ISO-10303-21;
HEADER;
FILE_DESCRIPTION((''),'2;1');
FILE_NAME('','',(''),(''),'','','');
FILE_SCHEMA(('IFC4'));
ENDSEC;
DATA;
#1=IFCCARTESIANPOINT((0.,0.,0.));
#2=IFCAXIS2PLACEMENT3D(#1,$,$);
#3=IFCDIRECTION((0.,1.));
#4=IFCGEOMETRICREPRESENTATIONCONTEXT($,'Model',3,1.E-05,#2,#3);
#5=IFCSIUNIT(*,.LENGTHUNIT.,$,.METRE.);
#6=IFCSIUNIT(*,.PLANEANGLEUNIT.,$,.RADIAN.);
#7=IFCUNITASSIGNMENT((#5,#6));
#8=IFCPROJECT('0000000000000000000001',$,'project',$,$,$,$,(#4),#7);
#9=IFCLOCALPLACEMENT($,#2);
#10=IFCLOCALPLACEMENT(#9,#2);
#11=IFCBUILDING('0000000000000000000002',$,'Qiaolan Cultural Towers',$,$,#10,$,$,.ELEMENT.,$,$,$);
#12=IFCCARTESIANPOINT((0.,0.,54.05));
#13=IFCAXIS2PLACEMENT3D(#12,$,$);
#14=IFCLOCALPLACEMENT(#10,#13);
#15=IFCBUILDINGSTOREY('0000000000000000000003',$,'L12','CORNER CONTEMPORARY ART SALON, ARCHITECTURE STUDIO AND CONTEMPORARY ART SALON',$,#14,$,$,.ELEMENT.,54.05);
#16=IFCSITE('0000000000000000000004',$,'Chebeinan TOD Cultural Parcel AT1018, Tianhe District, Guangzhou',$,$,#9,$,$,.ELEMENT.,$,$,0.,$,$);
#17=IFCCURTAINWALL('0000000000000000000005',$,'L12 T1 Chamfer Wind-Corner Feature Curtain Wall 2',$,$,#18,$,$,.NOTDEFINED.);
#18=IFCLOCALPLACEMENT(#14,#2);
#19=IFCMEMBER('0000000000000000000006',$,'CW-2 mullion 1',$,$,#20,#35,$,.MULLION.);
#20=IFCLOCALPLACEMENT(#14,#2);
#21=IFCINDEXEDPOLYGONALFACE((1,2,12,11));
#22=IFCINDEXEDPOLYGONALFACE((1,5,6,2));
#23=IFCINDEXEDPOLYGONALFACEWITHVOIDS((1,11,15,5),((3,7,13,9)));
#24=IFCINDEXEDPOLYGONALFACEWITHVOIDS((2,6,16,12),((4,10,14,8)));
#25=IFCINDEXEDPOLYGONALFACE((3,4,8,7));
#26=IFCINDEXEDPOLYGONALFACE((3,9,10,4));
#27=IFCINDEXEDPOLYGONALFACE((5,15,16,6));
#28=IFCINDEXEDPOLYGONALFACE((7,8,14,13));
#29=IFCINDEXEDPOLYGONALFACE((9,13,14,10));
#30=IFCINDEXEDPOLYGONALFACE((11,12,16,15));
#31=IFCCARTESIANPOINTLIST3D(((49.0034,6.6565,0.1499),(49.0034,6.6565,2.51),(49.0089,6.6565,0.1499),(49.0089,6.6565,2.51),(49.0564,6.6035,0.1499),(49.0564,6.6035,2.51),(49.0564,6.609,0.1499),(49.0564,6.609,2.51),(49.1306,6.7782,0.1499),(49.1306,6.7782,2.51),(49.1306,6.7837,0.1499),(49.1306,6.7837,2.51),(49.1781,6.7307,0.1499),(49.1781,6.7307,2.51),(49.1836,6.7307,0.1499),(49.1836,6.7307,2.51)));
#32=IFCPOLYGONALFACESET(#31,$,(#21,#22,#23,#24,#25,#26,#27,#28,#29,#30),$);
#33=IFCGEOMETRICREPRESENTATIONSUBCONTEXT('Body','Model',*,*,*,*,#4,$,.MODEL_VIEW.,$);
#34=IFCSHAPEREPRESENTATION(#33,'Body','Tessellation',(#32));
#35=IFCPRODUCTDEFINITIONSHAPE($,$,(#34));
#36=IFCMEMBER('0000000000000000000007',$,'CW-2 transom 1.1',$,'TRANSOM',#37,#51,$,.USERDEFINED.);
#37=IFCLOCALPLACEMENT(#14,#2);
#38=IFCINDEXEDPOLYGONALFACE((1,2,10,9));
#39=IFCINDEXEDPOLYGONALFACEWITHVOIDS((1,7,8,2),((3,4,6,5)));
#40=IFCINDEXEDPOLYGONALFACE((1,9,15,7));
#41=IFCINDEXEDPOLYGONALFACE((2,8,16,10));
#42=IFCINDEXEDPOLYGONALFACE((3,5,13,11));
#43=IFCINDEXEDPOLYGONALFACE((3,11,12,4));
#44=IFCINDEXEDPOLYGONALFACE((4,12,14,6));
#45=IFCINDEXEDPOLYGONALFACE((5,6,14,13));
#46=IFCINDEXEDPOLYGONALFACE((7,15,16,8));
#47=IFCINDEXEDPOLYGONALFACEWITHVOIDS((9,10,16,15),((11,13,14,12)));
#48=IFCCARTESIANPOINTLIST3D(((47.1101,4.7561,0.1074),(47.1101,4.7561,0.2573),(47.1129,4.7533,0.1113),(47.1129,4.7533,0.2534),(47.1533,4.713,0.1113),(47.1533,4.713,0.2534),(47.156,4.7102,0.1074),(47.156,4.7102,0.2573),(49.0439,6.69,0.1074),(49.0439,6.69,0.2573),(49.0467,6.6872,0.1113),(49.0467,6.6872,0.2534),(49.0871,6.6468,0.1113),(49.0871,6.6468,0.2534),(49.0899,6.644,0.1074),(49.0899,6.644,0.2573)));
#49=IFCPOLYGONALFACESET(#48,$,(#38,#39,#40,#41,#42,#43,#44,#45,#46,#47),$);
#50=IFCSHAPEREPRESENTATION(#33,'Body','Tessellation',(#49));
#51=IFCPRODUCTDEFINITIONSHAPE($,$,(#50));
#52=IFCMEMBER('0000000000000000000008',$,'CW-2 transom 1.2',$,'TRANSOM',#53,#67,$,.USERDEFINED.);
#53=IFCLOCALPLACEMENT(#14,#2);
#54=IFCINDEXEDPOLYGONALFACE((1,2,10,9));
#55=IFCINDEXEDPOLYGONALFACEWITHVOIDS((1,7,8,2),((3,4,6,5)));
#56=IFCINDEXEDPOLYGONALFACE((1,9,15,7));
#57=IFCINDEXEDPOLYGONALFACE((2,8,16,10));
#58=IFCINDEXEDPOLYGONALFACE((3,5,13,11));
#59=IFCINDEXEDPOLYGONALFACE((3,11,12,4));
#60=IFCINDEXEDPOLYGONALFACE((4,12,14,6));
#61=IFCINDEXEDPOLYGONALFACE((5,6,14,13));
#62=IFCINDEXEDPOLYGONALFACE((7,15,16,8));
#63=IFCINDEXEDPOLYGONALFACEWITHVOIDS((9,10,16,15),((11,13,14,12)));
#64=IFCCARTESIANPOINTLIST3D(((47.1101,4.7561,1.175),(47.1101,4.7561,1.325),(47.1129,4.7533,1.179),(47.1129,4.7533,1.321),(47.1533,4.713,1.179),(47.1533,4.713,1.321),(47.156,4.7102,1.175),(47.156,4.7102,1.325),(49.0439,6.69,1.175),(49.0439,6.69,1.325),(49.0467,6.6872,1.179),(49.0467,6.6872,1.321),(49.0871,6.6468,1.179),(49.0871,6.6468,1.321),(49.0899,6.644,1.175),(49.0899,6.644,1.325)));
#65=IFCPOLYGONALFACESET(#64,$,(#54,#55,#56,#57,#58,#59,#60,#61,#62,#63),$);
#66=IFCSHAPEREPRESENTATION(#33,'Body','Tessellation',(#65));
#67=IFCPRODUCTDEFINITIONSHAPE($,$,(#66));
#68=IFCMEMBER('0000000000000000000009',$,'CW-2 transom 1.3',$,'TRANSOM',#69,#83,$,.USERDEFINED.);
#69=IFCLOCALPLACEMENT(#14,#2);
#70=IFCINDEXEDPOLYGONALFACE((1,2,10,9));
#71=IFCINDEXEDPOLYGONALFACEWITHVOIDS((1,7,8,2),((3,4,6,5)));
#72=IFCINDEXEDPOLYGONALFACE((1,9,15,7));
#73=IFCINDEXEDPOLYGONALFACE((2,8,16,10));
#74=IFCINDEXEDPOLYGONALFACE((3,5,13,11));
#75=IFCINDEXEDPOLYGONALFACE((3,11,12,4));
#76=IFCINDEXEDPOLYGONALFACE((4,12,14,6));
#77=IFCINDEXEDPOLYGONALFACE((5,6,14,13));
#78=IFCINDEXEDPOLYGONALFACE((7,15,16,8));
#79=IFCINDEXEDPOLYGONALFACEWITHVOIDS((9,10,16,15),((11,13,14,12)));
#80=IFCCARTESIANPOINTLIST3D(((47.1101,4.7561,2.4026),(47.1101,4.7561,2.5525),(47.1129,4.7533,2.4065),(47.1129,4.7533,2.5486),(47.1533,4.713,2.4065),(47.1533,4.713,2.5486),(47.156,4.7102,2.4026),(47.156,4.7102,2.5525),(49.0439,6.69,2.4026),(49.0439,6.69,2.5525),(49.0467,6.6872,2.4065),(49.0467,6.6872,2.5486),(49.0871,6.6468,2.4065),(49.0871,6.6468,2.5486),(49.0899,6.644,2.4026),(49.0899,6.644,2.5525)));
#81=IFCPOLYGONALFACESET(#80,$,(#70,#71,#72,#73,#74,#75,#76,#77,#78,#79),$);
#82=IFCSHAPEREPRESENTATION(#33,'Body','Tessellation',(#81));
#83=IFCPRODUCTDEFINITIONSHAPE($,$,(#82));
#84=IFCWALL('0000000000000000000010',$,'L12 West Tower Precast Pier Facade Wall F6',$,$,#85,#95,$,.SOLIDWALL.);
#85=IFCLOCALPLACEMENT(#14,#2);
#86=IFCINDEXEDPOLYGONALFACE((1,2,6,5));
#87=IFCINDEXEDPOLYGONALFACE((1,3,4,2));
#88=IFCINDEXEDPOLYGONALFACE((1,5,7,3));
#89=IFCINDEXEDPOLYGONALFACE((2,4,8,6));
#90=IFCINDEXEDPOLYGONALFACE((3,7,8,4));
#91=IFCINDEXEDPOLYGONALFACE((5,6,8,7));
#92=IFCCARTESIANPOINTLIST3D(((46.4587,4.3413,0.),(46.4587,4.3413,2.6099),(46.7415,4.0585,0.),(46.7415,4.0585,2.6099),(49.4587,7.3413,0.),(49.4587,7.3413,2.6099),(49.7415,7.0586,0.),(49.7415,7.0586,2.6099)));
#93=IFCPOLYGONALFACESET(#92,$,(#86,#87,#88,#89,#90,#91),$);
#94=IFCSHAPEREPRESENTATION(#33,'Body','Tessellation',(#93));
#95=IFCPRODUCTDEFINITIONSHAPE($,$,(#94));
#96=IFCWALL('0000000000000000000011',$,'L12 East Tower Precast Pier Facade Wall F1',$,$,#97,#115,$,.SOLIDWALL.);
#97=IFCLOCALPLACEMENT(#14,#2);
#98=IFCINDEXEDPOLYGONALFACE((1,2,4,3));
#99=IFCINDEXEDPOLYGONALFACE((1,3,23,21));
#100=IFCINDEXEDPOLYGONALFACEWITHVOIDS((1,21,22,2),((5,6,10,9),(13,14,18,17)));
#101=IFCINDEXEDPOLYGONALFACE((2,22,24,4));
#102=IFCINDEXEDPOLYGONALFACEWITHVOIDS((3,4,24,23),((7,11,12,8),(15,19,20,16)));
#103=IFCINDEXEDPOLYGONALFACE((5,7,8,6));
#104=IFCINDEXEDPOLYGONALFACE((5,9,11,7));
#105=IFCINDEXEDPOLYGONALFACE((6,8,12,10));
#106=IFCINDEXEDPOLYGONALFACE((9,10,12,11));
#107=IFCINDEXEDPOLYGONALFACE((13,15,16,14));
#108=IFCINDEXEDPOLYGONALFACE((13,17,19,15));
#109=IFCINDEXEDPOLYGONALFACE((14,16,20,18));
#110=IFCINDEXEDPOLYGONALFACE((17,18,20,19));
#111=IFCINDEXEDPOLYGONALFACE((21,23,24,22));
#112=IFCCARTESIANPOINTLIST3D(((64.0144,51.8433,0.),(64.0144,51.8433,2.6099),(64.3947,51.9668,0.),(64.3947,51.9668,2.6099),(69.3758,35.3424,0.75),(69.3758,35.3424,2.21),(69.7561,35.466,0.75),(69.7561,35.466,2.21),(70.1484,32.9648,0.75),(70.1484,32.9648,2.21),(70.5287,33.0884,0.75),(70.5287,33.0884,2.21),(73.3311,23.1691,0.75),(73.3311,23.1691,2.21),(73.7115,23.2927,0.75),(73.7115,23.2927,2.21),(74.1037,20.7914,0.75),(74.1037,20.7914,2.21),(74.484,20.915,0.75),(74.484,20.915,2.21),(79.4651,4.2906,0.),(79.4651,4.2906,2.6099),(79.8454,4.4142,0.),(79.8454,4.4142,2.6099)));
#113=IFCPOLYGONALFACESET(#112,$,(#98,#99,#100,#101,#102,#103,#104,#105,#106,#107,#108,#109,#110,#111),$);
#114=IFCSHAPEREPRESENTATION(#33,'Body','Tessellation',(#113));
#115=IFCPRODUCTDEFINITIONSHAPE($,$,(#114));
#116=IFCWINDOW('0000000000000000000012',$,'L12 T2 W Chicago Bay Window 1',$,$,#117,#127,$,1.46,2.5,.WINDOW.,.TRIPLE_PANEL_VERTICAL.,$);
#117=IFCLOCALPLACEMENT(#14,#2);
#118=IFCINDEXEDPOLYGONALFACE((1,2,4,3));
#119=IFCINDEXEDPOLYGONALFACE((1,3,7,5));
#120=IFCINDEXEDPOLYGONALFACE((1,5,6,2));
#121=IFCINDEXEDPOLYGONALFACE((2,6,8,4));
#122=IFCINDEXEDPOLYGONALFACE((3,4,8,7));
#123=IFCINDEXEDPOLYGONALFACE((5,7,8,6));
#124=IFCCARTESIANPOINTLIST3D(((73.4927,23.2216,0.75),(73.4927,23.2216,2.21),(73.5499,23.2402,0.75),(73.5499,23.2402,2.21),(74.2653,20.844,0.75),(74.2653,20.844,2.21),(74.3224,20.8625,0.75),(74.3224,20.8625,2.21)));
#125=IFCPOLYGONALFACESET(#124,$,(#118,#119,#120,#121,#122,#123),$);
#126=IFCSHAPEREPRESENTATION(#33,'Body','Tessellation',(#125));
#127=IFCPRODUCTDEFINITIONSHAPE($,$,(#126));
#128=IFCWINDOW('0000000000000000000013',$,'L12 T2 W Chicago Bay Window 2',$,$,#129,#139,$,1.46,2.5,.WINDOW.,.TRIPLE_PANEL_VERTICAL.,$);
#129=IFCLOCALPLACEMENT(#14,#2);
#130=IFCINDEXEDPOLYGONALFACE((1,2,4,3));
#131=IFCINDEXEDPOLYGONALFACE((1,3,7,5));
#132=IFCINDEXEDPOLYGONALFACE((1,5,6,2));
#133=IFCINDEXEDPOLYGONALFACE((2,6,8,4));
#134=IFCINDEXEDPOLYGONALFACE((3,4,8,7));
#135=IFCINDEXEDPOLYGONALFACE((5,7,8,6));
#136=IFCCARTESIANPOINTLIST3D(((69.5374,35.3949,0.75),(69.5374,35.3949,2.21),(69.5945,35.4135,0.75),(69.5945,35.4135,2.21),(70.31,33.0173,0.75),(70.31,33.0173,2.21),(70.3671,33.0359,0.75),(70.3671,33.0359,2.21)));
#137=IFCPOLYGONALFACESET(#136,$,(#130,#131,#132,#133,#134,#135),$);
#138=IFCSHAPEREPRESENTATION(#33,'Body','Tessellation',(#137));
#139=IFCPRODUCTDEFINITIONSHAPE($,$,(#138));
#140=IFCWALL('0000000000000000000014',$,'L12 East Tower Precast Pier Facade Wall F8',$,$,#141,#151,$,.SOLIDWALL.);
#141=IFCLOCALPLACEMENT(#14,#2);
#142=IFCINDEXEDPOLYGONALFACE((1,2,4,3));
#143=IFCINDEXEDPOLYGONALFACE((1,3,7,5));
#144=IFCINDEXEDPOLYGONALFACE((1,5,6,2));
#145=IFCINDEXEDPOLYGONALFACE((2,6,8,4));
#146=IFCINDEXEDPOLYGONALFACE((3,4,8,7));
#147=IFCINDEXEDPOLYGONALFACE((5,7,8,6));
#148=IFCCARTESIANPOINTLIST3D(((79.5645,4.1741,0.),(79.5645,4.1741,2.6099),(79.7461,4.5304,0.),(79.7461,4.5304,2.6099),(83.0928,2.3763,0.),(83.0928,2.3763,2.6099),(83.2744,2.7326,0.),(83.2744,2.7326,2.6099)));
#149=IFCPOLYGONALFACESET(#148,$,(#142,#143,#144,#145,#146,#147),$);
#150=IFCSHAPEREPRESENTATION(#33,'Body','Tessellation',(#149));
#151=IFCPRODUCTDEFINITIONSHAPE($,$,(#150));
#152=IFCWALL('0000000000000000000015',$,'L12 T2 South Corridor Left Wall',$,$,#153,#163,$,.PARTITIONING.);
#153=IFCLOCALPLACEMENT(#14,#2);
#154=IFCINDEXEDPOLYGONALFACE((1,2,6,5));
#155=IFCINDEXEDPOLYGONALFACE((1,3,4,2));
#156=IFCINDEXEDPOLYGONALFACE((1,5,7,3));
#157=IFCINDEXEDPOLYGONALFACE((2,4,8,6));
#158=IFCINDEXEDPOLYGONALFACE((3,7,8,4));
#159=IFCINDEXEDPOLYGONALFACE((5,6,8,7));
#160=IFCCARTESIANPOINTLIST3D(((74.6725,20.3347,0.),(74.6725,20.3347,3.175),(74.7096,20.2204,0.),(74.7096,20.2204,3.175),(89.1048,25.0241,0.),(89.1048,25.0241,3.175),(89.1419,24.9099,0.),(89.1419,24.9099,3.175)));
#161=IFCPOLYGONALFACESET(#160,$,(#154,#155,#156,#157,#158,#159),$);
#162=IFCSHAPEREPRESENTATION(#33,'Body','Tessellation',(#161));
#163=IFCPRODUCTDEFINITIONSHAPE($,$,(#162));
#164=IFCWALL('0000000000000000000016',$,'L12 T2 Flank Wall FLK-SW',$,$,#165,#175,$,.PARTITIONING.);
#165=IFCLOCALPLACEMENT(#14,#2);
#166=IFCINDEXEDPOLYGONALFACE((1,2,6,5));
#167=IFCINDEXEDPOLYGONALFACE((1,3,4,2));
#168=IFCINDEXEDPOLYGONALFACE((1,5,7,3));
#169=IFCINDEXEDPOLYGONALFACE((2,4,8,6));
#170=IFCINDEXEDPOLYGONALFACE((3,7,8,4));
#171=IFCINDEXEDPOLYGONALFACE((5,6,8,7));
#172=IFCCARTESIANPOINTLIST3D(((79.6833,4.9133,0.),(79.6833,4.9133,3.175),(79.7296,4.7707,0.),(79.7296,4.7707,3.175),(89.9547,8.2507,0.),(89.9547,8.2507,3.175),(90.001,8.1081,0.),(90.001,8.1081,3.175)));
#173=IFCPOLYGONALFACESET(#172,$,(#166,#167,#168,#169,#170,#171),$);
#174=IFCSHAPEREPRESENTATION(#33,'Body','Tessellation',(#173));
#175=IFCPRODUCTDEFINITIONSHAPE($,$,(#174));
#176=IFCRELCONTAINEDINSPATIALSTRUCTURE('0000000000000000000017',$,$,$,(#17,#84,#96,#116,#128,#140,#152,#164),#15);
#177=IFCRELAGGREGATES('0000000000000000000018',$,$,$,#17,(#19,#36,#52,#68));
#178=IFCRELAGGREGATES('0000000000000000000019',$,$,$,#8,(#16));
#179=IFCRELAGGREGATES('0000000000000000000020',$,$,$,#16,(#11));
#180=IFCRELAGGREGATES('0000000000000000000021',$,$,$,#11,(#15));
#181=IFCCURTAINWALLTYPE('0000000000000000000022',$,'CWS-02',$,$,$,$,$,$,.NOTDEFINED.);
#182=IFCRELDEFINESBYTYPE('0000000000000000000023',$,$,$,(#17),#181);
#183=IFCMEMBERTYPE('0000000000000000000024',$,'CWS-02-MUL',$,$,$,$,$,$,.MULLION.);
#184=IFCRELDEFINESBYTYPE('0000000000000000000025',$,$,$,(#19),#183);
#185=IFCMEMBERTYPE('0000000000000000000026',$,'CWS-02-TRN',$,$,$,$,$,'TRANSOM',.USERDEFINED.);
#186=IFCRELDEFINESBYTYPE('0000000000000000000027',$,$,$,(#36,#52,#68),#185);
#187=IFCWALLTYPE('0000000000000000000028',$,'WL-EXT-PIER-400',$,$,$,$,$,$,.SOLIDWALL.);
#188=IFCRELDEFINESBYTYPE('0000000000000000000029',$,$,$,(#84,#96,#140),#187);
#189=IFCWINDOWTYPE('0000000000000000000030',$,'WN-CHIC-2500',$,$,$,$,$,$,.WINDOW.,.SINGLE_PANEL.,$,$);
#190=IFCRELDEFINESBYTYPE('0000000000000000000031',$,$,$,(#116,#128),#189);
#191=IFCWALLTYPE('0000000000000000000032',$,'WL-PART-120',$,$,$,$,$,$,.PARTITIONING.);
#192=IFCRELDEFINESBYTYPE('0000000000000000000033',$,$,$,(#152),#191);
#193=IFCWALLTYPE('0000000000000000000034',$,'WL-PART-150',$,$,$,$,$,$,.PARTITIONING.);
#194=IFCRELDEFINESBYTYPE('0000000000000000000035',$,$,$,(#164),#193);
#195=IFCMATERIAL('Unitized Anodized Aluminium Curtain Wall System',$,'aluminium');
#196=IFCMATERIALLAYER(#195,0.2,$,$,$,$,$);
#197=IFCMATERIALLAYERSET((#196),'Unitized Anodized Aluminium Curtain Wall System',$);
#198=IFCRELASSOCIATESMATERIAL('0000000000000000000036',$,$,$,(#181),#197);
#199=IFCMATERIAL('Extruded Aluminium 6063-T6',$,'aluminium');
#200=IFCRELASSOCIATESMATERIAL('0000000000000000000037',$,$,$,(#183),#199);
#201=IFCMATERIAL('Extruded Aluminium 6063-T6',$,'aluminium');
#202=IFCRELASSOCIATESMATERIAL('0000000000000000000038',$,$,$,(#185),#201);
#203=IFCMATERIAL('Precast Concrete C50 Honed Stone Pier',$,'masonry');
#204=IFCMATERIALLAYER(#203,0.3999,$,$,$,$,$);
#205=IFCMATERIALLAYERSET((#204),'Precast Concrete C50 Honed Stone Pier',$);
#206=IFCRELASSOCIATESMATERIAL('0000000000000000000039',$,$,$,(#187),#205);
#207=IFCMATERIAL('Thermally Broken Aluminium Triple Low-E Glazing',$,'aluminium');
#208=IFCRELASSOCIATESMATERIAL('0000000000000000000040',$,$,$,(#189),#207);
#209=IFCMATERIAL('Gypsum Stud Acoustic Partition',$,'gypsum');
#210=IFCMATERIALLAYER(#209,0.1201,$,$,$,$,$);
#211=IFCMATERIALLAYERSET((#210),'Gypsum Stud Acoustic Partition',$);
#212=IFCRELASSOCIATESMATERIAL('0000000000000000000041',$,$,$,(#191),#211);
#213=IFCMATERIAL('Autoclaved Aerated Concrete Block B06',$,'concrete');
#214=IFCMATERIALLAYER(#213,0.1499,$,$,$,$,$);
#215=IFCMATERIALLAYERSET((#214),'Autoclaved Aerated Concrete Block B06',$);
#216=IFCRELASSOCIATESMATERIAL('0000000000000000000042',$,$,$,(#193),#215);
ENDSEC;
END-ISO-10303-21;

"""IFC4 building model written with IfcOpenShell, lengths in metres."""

from ifc_helpers import new_model, si_unit, direction, frame, frame_2d, origin, origin_2d, place, context, subcontext, project, spatial, rectangle, hollow_rectangle, extrude, material, layer, layer_set, material_profile, profile_set, type_object, element, fill, aggregate, save


model = new_model("IFC4")

# Units and contexts
model_context = context("Model", 3, precision=1e-05, world=origin(), true_north=direction((0.0, 1.0)))
body_context = subcontext(model_context, "Body", "Model", "MODEL_VIEW")
ifc_project = project(units=[si_unit("LENGTHUNIT", "METRE"), si_unit("PLANEANGLEUNIT", "RADIAN")], contexts=[model_context])

# Site, building, storey
site_placement = place(None, origin())
site = spatial("IfcSite", under=ifc_project, at=site_placement, Name="Chebeinan TOD Cultural Parcel AT1018, Tianhe District, Guangzhou", CompositionType="ELEMENT", RefElevation=0.0)
building_placement = place(site_placement, origin())
building = spatial("IfcBuilding", under=site, at=building_placement, Name="Qiaolan Cultural Towers", CompositionType="ELEMENT")
storey_placement = place(building_placement, frame((0.0, 0.0, 54.05)))
storey = spatial("IfcBuildingStorey", under=building, at=storey_placement, Name="L12", Description="CORNER CONTEMPORARY ART SALON, ARCHITECTURE STUDIO AND CONTEMPORARY ART SALON", CompositionType="ELEMENT", Elevation=54.05)

# Curtain wall, members
ifc_material_1 = material(Name="Unitized Anodized Aluminium Curtain Wall System", Category="aluminium")
ifc_layer_1 = layer(ifc_material_1, 0.2)
ifc_layer_set_1 = layer_set([ifc_layer_1], Name="Unitized Anodized Aluminium Curtain Wall System")
curtain_wall_type = type_object("IfcCurtainWallType", Name="CWS-02", PredefinedType="NOTDEFINED", material=ifc_layer_set_1)
curtain_wall_placement = place(storey_placement, origin())
curtain_wall = element("IfcCurtainWall", 1, at=curtain_wall_placement, inside=storey, type_object=curtain_wall_type, Name="L12 T1 Chamfer Wind-Corner Feature Curtain Wall 2", PredefinedType="NOTDEFINED")
ifc_material_2 = material(Name="Extruded Aluminium 6063-T6", Category="aluminium")
ifc_material_profile_1 = material_profile(ifc_material_2, hollow_rectangle(XDim=0.075, YDim=0.1799, WallThickness=0.0039, at=origin_2d()), Name="CWM-180x75x4")
ifc_profile_set_1 = profile_set([ifc_material_profile_1], Name="Extruded Aluminium 6063-T6")
member_type_1 = type_object("IfcMemberType", Name="CWS-02-MUL", PredefinedType="MULLION", material=ifc_profile_set_1)
member_1_placement = place(storey_placement, frame((49.0935, 6.6936, 0.1499), z_axis=(0.0, 0.0, 1.0), x_axis=(0.707107, -0.707107, 0.0)))
member_1 = element("IfcMember", 2, at=member_1_placement, type_object=member_type_1, Name="CW-2 mullion 1", PredefinedType="MULLION", context=body_context, shape_type="SweptSolid", body=[
    extrude(hollow_rectangle(XDim=0.075, YDim=0.1799, WallThickness=0.0039, at=origin_2d()), origin(), (0.0, 0.0, 1.0), 2.3601),
])
ifc_material_3 = material(Name="Extruded Aluminium 6063-T6", Category="aluminium")
ifc_material_profile_2 = material_profile(ifc_material_3, hollow_rectangle(XDim=0.0649, YDim=0.1499, WallThickness=0.0039, at=origin_2d()), Name="CWT-150x65x4")
ifc_profile_set_2 = profile_set([ifc_material_profile_2], Name="Extruded Aluminium 6063-T6")
member_type_2 = type_object("IfcMemberType", Name="CWS-02-TRN", ElementType="TRANSOM", PredefinedType="USERDEFINED", material=ifc_profile_set_2)
member_2_placement = place(storey_placement, frame((49.0669, 6.667, 0.1824), z_axis=(-0.707107, -0.707107, 0.0), x_axis=(0.707107, -0.707107, 0.0)))
member_2 = element("IfcMember", 3, at=member_2_placement, type_object=member_type_2, Name="CW-2 transom 1.1", ObjectType="TRANSOM", PredefinedType="USERDEFINED", context=body_context, shape_type="SweptSolid", body=[
    extrude(hollow_rectangle(XDim=0.0649, YDim=0.1499, WallThickness=0.0039, at=origin_2d()), origin(), (0.0, 0.0, 1.0), 2.7349),
])
member_3_placement = place(storey_placement, frame((49.0669, 6.667, 1.25), z_axis=(-0.707107, -0.707107, 0.0), x_axis=(0.707107, -0.707107, 0.0)))
member_3 = element("IfcMember", 4, at=member_3_placement, type_object=member_type_2, Name="CW-2 transom 1.2", ObjectType="TRANSOM", PredefinedType="USERDEFINED", context=body_context, shape_type="SweptSolid", body=[
    extrude(hollow_rectangle(XDim=0.0649, YDim=0.1499, WallThickness=0.0039, at=origin_2d()), origin(), (0.0, 0.0, 1.0), 2.7349),
])
member_4_placement = place(storey_placement, frame((49.0669, 6.667, 2.4775), z_axis=(-0.707107, -0.707107, 0.0), x_axis=(0.707107, -0.707107, 0.0)))
member_4 = element("IfcMember", 5, at=member_4_placement, type_object=member_type_2, Name="CW-2 transom 1.3", ObjectType="TRANSOM", PredefinedType="USERDEFINED", context=body_context, shape_type="SweptSolid", body=[
    extrude(hollow_rectangle(XDim=0.0649, YDim=0.1499, WallThickness=0.0039, at=origin_2d()), origin(), (0.0, 0.0, 1.0), 2.7349),
])
aggregate(curtain_wall, [member_1, member_2, member_3, member_4])

# Wall
ifc_material_4 = material(Name="Precast Concrete C50 Honed Stone Pier", Category="masonry")
ifc_layer_2 = layer(ifc_material_4, 0.3999)
ifc_layer_set_2 = layer_set([ifc_layer_2], Name="Precast Concrete C50 Honed Stone Pier")
wall_type_1 = type_object("IfcWallType", Name="WL-EXT-PIER-400", PredefinedType="SOLIDWALL", material=ifc_layer_set_2)
wall_1_placement = place(storey_placement, frame((49.6001, 7.2, 0.0), z_axis=(0.0, 0.0, 1.0), x_axis=(-0.707107, -0.707107, 0.0)))
element("IfcWall", 6, at=wall_1_placement, inside=storey, type_object=wall_type_1, Name="L12 West Tower Precast Pier Facade Wall F6", PredefinedType="SOLIDWALL", context=body_context, shape_type="SweptSolid", body=[
    extrude(rectangle(XDim=4.2427, YDim=0.3999, at=frame_2d((2.1213, 0.0))), origin(), (0.0, 0.0, 1.0), 2.6099),
])

# Wall, openings, windows
wall_2_placement = place(storey_placement, frame((79.6553, 4.3523, 0.0), z_axis=(0.0, 0.0, 1.0), x_axis=(-0.309015, 0.951057, 0.0)))
wall_2 = element("IfcWall", 7, at=wall_2_placement, inside=storey, type_object=wall_type_1, Name="L12 East Tower Precast Pier Facade Wall F1", PredefinedType="SOLIDWALL", context=body_context, shape_type="SweptSolid", body=[
    extrude(rectangle(XDim=49.9998, YDim=0.3999, at=frame_2d((25.0, 0.0))), origin(), (0.0, 0.0, 1.0), 2.6099),
])
opening_1_placement = place(wall_2_placement, frame((17.3501, 0.0, 0.75)))
opening_1 = element("IfcOpeningElement", 8, at=opening_1_placement, cuts=wall_2, PredefinedType="OPENING", context=body_context, shape_type="SweptSolid", body=[
    extrude(rectangle(XDim=2.5, YDim=1.46, at=frame_2d((1.25, 0.73))), frame((0.0, 0.21, 0.0), z_axis=(0.0, -1.0, 0.0), x_axis=(1.0, 0.0, 0.0)), (0.0, 0.0, 1.0), 0.4199),
])
opening_2_placement = place(wall_2_placement, frame((30.1499, 0.0, 0.75)))
opening_2 = element("IfcOpeningElement", 9, at=opening_2_placement, cuts=wall_2, PredefinedType="OPENING", context=body_context, shape_type="SweptSolid", body=[
    extrude(rectangle(XDim=2.5, YDim=1.46, at=frame_2d((1.25, 0.73))), frame((0.0, 0.21, 0.0), z_axis=(0.0, -1.0, 0.0), x_axis=(1.0, 0.0, 0.0)), (0.0, 0.0, 1.0), 0.4199),
])
ifc_material_5 = material(Name="Thermally Broken Aluminium Triple Low-E Glazing", Category="aluminium")
window_type = type_object("IfcWindowType", Name="WN-CHIC-2500", PartitioningType="SINGLE_PANEL", PredefinedType="WINDOW", material=ifc_material_5)
window_1_placement = place(opening_1_placement, origin())
window_1 = element("IfcWindow", 10, at=window_1_placement, inside=storey, type_object=window_type, Name="L12 T2 W Chicago Bay Window 1", OverallHeight=1.46, OverallWidth=2.5, PartitioningType="TRIPLE_PANEL_VERTICAL", PredefinedType="WINDOW", context=body_context, shape_type="SweptSolid", body=[
    extrude(rectangle(XDim=2.5, YDim=1.46, at=frame_2d((1.25, 0.73))), frame((0.0, 0.03, 0.0), z_axis=(0.0, -1.0, 0.0), x_axis=(1.0, 0.0, 0.0)), (0.0, 0.0, 1.0), 0.0601),
])
fill(opening_1, window_1)
window_2_placement = place(opening_2_placement, origin())
window_2 = element("IfcWindow", 11, at=window_2_placement, inside=storey, type_object=window_type, Name="L12 T2 W Chicago Bay Window 2", OverallHeight=1.46, OverallWidth=2.5, PartitioningType="TRIPLE_PANEL_VERTICAL", PredefinedType="WINDOW", context=body_context, shape_type="SweptSolid", body=[
    extrude(rectangle(XDim=2.5, YDim=1.46, at=frame_2d((1.25, 0.73))), frame((0.0, 0.03, 0.0), z_axis=(0.0, -1.0, 0.0), x_axis=(1.0, 0.0, 0.0)), (0.0, 0.0, 1.0), 0.0601),
])
fill(opening_2, window_2)

# Walls
wall_3_placement = place(storey_placement, frame((83.1836, 2.5544, 0.0), z_axis=(0.0, 0.0, 1.0), x_axis=(-0.890998, 0.454007, 0.0)))
element("IfcWall", 12, at=wall_3_placement, inside=storey, type_object=wall_type_1, Name="L12 East Tower Precast Pier Facade Wall F8", PredefinedType="SOLIDWALL", context=body_context, shape_type="SweptSolid", body=[
    extrude(rectangle(XDim=3.96, YDim=0.3999, at=frame_2d((1.98, 0.0))), origin(), (0.0, 0.0, 1.0), 2.6099),
])
ifc_material_6 = material(Name="Gypsum Stud Acoustic Partition", Category="gypsum")
ifc_layer_3 = layer(ifc_material_6, 0.1201)
ifc_layer_set_3 = layer_set([ifc_layer_3], Name="Gypsum Stud Acoustic Partition")
wall_type_2 = type_object("IfcWallType", Name="WL-PART-120", PredefinedType="PARTITIONING", material=ifc_layer_set_3)
wall_4_placement = place(storey_placement, frame((74.6912, 20.2776, 0.0), z_axis=(0.0, 0.0, 1.0), x_axis=(0.951055, 0.309022, 0.0)))
element("IfcWall", 13, at=wall_4_placement, inside=storey, type_object=wall_type_2, Name="L12 T2 South Corridor Left Wall", PredefinedType="PARTITIONING", context=body_context, shape_type="SweptSolid", body=[
    extrude(rectangle(XDim=15.175, YDim=0.1201, at=frame_2d((7.5874, 0.0))), origin(), (0.0, 0.0, 1.0), 3.175),
])
ifc_material_7 = material(Name="Autoclaved Aerated Concrete Block B06", Category="concrete")
ifc_layer_4 = layer(ifc_material_7, 0.1499)
ifc_layer_set_4 = layer_set([ifc_layer_4], Name="Autoclaved Aerated Concrete Block B06")
wall_type_3 = type_object("IfcWallType", Name="WL-PART-150", PredefinedType="PARTITIONING", material=ifc_layer_set_4)
wall_5_placement = place(storey_placement, frame((79.7065, 4.842, 0.0), z_axis=(0.0, 0.0, 1.0), x_axis=(0.951057, 0.309017, 0.0)))
element("IfcWall", 14, at=wall_5_placement, inside=storey, type_object=wall_type_3, Name="L12 T2 Flank Wall FLK-SW", PredefinedType="PARTITIONING", context=body_context, shape_type="SweptSolid", body=[
    extrude(rectangle(XDim=10.8, YDim=0.1499, at=frame_2d((5.3999, 0.0))), origin(), (0.0, 0.0, 1.0), 3.175),
])

save(model, "model.ifc")
